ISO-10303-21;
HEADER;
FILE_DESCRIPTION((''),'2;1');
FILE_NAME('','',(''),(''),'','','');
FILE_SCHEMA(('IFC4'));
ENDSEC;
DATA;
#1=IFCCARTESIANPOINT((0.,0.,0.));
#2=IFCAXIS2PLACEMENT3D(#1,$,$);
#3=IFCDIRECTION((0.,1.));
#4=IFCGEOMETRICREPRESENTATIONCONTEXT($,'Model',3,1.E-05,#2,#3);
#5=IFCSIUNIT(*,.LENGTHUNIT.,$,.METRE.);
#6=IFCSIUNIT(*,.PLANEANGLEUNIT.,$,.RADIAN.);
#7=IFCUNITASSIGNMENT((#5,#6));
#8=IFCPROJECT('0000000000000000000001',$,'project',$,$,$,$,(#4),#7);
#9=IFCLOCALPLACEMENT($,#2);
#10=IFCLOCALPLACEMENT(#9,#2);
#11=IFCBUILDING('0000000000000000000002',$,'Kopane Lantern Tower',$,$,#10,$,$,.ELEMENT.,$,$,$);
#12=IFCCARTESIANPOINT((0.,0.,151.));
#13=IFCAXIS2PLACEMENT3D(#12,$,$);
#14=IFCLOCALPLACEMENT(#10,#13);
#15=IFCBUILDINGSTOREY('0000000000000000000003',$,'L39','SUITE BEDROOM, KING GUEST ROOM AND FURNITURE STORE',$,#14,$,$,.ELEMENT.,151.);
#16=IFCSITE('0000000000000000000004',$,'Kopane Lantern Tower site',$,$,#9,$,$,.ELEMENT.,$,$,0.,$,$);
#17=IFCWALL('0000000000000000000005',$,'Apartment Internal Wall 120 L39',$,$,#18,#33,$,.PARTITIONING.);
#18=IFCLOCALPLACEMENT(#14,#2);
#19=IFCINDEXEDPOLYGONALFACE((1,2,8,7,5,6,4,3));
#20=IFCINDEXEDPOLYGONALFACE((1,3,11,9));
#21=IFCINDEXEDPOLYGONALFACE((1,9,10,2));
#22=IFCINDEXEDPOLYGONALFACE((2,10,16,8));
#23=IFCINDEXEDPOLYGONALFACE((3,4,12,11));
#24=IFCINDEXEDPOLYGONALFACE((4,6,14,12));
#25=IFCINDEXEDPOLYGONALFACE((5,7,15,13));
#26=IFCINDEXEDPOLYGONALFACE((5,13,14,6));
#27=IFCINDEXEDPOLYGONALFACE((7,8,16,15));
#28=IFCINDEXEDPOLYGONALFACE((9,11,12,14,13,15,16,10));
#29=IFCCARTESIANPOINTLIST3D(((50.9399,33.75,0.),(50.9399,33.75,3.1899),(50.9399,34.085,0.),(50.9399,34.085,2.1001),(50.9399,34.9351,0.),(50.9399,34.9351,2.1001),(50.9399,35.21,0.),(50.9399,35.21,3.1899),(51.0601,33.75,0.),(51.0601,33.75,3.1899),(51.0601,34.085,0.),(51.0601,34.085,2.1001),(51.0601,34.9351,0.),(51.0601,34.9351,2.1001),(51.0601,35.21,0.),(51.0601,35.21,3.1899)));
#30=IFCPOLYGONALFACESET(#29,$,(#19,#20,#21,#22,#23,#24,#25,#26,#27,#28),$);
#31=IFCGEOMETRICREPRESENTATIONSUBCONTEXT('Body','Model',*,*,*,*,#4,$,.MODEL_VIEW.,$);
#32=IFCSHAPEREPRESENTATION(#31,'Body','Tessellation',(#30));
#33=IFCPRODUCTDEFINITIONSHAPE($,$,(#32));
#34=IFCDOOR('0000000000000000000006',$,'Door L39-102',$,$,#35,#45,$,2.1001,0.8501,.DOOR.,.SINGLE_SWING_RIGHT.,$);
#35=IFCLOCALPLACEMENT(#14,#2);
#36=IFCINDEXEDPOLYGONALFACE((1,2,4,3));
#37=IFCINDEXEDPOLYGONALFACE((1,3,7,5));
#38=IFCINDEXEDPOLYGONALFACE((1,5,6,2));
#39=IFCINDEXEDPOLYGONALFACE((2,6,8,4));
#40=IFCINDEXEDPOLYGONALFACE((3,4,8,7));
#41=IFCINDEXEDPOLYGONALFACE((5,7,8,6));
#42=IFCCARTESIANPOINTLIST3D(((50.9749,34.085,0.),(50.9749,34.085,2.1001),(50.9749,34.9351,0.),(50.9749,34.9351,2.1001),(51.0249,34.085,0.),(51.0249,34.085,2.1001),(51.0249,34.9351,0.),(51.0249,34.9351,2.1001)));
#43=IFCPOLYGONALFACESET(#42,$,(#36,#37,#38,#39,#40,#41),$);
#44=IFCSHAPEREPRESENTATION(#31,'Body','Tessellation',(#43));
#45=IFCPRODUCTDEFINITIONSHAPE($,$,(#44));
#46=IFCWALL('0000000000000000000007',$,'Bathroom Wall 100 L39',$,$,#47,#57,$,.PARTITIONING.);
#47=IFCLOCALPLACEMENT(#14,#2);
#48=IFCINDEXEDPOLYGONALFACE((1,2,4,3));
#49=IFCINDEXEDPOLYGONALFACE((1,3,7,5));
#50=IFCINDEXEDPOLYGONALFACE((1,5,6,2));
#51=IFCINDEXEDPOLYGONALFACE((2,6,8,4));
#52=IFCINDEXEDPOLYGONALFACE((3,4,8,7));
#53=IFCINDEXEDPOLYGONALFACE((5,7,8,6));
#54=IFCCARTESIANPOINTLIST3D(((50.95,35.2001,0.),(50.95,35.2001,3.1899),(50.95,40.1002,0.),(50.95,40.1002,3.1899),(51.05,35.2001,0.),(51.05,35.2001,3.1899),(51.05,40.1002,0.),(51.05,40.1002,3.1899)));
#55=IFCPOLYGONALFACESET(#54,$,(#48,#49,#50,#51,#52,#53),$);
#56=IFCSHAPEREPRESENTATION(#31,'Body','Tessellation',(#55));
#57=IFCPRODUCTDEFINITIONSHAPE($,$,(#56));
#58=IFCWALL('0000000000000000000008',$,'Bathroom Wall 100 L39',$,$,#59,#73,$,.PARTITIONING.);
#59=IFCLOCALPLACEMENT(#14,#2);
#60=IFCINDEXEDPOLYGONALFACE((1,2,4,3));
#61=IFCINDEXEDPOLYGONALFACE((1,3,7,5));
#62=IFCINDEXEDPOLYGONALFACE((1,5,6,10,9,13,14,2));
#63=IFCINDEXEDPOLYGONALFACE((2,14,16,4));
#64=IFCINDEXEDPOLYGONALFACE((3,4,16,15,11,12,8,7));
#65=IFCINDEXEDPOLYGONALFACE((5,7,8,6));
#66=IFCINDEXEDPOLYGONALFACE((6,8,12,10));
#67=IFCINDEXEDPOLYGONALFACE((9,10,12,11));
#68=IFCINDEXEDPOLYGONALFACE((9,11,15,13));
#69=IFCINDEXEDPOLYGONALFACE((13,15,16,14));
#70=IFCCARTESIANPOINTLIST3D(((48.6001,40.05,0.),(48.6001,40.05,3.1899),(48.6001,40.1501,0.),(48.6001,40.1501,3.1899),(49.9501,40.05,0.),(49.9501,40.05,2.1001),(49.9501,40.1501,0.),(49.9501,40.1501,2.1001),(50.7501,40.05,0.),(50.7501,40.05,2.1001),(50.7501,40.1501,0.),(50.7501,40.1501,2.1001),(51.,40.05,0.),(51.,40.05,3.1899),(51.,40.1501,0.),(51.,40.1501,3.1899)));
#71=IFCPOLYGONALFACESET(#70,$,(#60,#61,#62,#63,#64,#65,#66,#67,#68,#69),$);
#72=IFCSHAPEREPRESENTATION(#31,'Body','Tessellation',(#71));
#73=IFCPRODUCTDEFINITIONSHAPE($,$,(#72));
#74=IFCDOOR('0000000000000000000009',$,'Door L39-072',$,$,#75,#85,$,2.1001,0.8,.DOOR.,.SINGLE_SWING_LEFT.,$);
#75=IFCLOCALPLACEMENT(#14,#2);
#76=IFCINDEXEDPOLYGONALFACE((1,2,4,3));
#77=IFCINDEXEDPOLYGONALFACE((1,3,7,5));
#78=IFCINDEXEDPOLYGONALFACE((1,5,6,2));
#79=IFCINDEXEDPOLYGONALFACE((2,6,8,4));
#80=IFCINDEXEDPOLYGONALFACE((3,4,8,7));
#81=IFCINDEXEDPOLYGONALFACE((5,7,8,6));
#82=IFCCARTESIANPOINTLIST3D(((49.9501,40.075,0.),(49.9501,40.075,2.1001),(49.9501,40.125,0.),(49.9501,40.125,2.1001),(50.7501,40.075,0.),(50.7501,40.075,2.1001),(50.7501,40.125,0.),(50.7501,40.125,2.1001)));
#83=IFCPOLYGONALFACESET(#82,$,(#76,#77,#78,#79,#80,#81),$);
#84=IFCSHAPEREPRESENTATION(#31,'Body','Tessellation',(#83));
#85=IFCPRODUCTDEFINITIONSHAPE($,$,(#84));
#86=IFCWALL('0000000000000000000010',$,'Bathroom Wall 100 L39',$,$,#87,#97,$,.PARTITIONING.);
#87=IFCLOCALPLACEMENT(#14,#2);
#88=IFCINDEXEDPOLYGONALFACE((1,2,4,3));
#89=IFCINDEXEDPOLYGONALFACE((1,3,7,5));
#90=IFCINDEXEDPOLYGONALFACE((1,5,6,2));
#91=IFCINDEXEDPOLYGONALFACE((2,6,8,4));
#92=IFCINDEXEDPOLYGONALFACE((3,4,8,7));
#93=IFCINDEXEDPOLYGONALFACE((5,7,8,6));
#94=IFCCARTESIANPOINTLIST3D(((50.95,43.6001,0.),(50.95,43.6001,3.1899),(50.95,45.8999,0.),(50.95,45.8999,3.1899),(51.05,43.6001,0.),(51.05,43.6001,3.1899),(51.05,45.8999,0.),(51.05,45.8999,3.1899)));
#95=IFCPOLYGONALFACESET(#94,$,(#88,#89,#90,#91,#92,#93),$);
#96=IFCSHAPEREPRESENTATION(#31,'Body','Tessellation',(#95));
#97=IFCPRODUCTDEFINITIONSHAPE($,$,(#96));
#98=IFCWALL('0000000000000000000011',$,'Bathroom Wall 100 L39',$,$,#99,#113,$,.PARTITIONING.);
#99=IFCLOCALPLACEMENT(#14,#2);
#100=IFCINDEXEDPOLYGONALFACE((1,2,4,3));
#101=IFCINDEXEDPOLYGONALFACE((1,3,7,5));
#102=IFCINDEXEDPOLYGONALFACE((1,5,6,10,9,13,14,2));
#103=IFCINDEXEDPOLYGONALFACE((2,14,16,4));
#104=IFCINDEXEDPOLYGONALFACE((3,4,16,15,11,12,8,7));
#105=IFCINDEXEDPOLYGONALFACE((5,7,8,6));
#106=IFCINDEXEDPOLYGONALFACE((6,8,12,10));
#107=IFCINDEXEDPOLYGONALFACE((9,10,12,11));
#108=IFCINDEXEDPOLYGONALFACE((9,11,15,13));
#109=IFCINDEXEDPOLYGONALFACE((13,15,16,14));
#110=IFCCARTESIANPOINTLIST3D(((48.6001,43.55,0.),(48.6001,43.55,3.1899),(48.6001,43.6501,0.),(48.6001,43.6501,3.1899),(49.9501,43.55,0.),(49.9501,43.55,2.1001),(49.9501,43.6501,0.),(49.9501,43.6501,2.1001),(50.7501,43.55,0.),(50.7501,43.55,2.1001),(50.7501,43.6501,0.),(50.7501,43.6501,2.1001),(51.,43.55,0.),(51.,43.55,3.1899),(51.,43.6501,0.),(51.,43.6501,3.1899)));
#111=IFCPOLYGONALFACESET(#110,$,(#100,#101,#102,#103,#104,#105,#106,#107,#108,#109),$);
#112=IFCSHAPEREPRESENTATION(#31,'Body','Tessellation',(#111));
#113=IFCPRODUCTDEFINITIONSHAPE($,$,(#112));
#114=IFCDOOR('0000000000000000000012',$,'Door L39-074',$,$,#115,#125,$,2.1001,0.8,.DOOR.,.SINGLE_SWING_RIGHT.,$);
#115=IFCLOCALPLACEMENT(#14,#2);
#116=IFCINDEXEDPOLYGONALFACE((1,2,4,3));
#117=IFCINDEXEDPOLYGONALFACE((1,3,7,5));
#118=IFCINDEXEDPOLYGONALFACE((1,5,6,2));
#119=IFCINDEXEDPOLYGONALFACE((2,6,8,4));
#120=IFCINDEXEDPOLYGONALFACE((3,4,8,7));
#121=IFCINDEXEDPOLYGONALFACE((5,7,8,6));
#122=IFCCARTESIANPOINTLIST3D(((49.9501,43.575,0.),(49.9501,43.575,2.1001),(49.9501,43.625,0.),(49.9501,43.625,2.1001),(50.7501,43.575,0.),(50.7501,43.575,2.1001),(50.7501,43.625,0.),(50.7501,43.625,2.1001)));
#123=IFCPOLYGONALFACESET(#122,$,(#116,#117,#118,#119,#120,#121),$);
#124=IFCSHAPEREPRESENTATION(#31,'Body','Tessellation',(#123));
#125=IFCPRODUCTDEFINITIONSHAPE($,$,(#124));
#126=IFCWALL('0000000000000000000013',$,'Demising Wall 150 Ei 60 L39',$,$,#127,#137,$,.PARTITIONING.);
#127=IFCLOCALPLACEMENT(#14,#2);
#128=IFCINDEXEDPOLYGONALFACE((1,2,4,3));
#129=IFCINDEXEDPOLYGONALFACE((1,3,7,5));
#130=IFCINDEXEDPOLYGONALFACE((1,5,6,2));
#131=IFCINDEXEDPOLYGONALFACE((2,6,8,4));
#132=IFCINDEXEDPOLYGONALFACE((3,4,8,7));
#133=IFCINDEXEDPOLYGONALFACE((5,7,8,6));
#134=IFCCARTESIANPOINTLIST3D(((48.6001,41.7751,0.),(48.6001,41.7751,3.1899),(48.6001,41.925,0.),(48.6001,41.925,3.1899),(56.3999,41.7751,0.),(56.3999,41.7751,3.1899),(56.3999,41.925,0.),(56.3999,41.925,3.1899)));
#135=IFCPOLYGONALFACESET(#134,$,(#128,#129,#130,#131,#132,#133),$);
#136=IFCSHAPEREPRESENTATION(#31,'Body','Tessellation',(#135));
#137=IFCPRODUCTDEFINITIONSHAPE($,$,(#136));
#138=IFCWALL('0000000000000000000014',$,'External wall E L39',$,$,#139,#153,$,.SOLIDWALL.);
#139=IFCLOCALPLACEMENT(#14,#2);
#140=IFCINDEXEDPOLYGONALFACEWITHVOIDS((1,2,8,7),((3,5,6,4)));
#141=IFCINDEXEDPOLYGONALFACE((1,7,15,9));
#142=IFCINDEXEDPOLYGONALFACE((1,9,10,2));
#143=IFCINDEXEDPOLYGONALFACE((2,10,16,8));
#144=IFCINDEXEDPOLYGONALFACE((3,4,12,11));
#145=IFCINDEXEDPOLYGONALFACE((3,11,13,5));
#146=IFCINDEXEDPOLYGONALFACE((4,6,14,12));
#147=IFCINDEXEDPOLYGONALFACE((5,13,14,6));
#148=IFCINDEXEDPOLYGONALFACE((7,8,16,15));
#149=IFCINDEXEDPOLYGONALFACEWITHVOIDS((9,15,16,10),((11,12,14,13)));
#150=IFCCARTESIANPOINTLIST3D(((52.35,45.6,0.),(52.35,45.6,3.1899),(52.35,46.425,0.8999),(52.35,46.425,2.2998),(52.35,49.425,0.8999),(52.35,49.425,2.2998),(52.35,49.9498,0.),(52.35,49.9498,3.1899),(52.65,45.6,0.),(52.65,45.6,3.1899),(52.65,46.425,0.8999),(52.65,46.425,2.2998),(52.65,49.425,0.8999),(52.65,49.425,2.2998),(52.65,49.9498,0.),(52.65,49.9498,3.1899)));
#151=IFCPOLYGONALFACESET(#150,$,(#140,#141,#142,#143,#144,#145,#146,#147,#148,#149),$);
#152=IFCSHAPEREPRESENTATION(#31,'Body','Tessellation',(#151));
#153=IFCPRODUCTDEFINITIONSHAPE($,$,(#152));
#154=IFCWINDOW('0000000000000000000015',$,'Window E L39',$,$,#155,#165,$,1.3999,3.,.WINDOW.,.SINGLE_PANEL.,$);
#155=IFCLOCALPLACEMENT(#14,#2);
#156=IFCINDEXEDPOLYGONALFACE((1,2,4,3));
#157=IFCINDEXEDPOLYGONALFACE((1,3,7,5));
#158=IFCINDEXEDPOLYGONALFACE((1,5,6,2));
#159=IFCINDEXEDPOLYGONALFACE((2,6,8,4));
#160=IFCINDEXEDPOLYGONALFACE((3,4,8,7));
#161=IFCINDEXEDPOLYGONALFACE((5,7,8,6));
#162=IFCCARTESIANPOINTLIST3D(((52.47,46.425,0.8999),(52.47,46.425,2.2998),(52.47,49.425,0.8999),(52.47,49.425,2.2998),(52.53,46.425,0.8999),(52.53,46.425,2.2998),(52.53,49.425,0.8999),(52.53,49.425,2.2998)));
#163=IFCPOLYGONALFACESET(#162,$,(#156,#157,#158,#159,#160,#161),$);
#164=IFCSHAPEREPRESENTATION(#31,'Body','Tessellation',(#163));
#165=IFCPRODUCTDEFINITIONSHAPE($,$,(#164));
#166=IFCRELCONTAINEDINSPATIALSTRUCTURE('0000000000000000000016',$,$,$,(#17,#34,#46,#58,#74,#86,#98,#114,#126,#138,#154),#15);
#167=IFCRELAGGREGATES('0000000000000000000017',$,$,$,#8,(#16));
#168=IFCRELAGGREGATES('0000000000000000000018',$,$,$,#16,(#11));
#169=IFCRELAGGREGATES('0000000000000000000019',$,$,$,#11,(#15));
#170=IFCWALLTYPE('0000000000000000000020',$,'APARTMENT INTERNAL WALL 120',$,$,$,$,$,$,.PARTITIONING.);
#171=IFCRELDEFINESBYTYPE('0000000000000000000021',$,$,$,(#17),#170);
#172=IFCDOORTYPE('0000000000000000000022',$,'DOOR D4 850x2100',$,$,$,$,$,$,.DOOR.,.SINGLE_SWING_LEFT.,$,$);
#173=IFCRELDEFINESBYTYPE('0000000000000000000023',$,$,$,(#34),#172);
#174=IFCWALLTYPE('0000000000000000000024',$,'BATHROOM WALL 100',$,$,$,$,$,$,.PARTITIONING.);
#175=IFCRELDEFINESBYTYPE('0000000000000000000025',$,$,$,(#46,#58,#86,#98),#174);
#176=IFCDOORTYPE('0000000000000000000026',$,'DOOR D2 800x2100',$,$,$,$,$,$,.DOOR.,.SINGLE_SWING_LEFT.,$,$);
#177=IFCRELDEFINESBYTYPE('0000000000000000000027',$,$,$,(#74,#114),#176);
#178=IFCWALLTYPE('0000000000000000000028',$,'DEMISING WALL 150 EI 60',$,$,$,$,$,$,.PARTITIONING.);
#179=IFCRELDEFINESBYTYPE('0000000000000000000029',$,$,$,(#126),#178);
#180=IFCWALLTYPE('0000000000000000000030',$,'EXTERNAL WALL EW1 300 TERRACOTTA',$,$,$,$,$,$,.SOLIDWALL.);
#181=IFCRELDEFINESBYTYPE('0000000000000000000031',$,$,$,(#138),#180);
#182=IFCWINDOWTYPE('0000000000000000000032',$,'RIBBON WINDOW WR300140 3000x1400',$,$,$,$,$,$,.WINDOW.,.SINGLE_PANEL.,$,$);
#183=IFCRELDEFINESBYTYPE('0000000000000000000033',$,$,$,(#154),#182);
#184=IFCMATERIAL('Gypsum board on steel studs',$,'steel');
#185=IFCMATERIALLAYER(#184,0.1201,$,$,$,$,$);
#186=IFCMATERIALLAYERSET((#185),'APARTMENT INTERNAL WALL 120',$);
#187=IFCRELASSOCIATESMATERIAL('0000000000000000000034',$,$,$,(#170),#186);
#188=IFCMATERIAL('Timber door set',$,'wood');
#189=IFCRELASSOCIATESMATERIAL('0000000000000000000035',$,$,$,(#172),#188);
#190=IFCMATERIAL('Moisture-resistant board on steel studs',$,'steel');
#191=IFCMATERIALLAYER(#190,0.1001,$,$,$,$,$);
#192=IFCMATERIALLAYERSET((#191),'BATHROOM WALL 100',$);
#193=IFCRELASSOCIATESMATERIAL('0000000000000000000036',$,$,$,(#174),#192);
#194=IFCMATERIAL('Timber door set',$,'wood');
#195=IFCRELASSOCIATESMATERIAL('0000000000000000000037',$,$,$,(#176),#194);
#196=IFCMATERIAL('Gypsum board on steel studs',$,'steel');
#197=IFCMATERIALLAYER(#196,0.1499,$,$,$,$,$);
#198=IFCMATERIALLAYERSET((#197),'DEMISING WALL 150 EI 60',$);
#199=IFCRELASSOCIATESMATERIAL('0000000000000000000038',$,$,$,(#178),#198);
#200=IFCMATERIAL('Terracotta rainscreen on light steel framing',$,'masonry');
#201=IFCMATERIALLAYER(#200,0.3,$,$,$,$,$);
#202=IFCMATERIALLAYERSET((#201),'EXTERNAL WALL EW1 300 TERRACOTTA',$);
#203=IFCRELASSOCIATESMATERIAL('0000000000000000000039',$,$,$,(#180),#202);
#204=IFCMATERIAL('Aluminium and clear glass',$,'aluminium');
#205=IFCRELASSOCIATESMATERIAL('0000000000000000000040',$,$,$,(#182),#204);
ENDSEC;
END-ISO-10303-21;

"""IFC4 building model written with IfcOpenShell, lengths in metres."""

from ifc_helpers import new_model, si_unit, direction, frame, frame_2d, origin, place, context, subcontext, project, spatial, rectangle, extrude, material, layer, layer_set, type_object, element, fill, save


model = new_model("IFC4")

# Units and contexts
model_context = context("Model", 3, precision=1e-05, world=origin(), true_north=direction((0.0, 1.0)))
body_context = subcontext(model_context, "Body", "Model", "MODEL_VIEW")
ifc_project = project(units=[si_unit("LENGTHUNIT", "METRE"), si_unit("PLANEANGLEUNIT", "RADIAN")], contexts=[model_context])

# Site, building, storey
site_placement = place(None, origin())
site = spatial("IfcSite", under=ifc_project, at=site_placement, Name="Kopane Lantern Tower site", CompositionType="ELEMENT", RefElevation=0.0)
building_placement = place(site_placement, origin())
building = spatial("IfcBuilding", under=site, at=building_placement, Name="Kopane Lantern Tower", CompositionType="ELEMENT")
storey_placement = place(building_placement, frame((0.0, 0.0, 151.0)))
storey = spatial("IfcBuildingStorey", under=building, at=storey_placement, Name="L39", Description="SUITE BEDROOM, KING GUEST ROOM AND FURNITURE STORE", CompositionType="ELEMENT", Elevation=151.0)

# Wall, opening, door
ifc_material_1 = material(Name="Gypsum board on steel studs", Category="steel")
ifc_layer_1 = layer(ifc_material_1, 0.1201)
ifc_layer_set_1 = layer_set([ifc_layer_1], Name="APARTMENT INTERNAL WALL 120")
wall_type_1 = type_object("IfcWallType", Name="APARTMENT INTERNAL WALL 120", PredefinedType="PARTITIONING", material=ifc_layer_set_1)
ifc_material_2 = material(Name="Timber door set", Category="wood")
door_type_1 = type_object("IfcDoorType", Name="DOOR D4 850x2100", OperationType="SINGLE_SWING_LEFT", PredefinedType="DOOR", material=ifc_material_2)
wall_1_placement = place(storey_placement, frame((51.0, 35.21, 0.0), z_axis=(0.0, 0.0, 1.0), x_axis=(0.0, -1.0, 0.0)))
wall_1 = element("IfcWall", 1, at=wall_1_placement, inside=storey, type_object=wall_type_1, Name="Apartment Internal Wall 120 L39", PredefinedType="PARTITIONING", context=body_context, shape_type="SweptSolid", body=[
    extrude(rectangle(XDim=1.46, YDim=0.1201, at=frame_2d((0.73, 0.0))), origin(), (0.0, 0.0, 1.0), 3.1899),
])
opening_1_placement = place(wall_1_placement, frame((0.2749, 0.0, 0.0)))
opening_1 = element("IfcOpeningElement", 2, at=opening_1_placement, cuts=wall_1, PredefinedType="OPENING", context=body_context, shape_type="SweptSolid", body=[
    extrude(rectangle(XDim=0.8501, YDim=2.1001, at=frame_2d((0.425, 1.05))), frame((0.0, 0.0701, 0.0), z_axis=(0.0, -1.0, 0.0), x_axis=(1.0, 0.0, 0.0)), (0.0, 0.0, 1.0), 0.1401),
])
door_1_placement = place(opening_1_placement, origin())
door_1 = element("IfcDoor", 3, at=door_1_placement, inside=storey, type_object=door_type_1, Name="Door L39-102", OperationType="SINGLE_SWING_RIGHT", OverallHeight=2.1001, OverallWidth=0.8501, PredefinedType="DOOR", context=body_context, shape_type="SweptSolid", body=[
    extrude(rectangle(XDim=0.8501, YDim=2.1001, at=frame_2d((0.425, 1.05))), frame((0.0, 0.0249, 0.0), z_axis=(0.0, -1.0, 0.0), x_axis=(1.0, 0.0, 0.0)), (0.0, 0.0, 1.0), 0.05),
])
fill(opening_1, door_1)

# Wall
ifc_material_3 = material(Name="Moisture-resistant board on steel studs", Category="steel")
ifc_layer_2 = layer(ifc_material_3, 0.1001)
ifc_layer_set_2 = layer_set([ifc_layer_2], Name="BATHROOM WALL 100")
wall_type_2 = type_object("IfcWallType", Name="BATHROOM WALL 100", PredefinedType="PARTITIONING", material=ifc_layer_set_2)
wall_2_placement = place(storey_placement, frame((51.0, 35.2, 0.0), z_axis=(0.0, 0.0, 1.0), x_axis=(0.0, 1.0, 0.0)))
element("IfcWall", 4, at=wall_2_placement, inside=storey, type_object=wall_type_2, Name="Bathroom Wall 100 L39", PredefinedType="PARTITIONING", context=body_context, shape_type="SweptSolid", body=[
    extrude(rectangle(XDim=4.9001, YDim=0.1001, at=frame_2d((2.4502, 0.0))), origin(), (0.0, 0.0, 1.0), 3.1899),
])

# Wall, opening, door
wall_3_placement = place(storey_placement, frame((48.6001, 40.1001, 0.0), z_axis=(0.0, 0.0, 1.0), x_axis=(1.0, 0.0, 0.0)))
wall_3 = element("IfcWall", 5, at=wall_3_placement, inside=storey, type_object=wall_type_2, Name="Bathroom Wall 100 L39", PredefinedType="PARTITIONING", context=body_context, shape_type="SweptSolid", body=[
    extrude(rectangle(XDim=2.3999, YDim=0.1001, at=frame_2d((1.2, 0.0))), origin(), (0.0, 0.0, 1.0), 3.1899),
])
opening_2_placement = place(wall_3_placement, frame((1.3501, 0.0, 0.0)))
opening_2 = element("IfcOpeningElement", 6, at=opening_2_placement, cuts=wall_3, PredefinedType="OPENING", context=body_context, shape_type="SweptSolid", body=[
    extrude(rectangle(XDim=0.8, YDim=2.1001, at=frame_2d((0.3999, 1.05))), frame((0.0, 0.0601, 0.0), z_axis=(0.0, -1.0, 0.0), x_axis=(1.0, 0.0, 0.0)), (0.0, 0.0, 1.0), 0.1201),
])
ifc_material_4 = material(Name="Timber door set", Category="wood")
door_type_2 = type_object("IfcDoorType", Name="DOOR D2 800x2100", OperationType="SINGLE_SWING_LEFT", PredefinedType="DOOR", material=ifc_material_4)
door_2_placement = place(opening_2_placement, origin())
door_2 = element("IfcDoor", 7, at=door_2_placement, inside=storey, type_object=door_type_2, Name="Door L39-072", OperationType="SINGLE_SWING_LEFT", OverallHeight=2.1001, OverallWidth=0.8, PredefinedType="DOOR", context=body_context, shape_type="SweptSolid", body=[
    extrude(rectangle(XDim=0.8, YDim=2.1001, at=frame_2d((0.3999, 1.05))), frame((0.0, 0.0249, 0.0), z_axis=(0.0, -1.0, 0.0), x_axis=(1.0, 0.0, 0.0)), (0.0, 0.0, 1.0), 0.05),
])
fill(opening_2, door_2)

# Wall
wall_4_placement = place(storey_placement, frame((51.0, 43.6001, 0.0), z_axis=(0.0, 0.0, 1.0), x_axis=(0.0, 1.0, 0.0)))
element("IfcWall", 8, at=wall_4_placement, inside=storey, type_object=wall_type_2, Name="Bathroom Wall 100 L39", PredefinedType="PARTITIONING", context=body_context, shape_type="SweptSolid", body=[
    extrude(rectangle(XDim=2.2998, YDim=0.1001, at=frame_2d((1.1499, 0.0))), origin(), (0.0, 0.0, 1.0), 3.1899),
])

# Wall, opening, door
wall_5_placement = place(storey_placement, frame((48.6001, 43.6001, 0.0), z_axis=(0.0, 0.0, 1.0), x_axis=(1.0, 0.0, 0.0)))
wall_5 = element("IfcWall", 9, at=wall_5_placement, inside=storey, type_object=wall_type_2, Name="Bathroom Wall 100 L39", PredefinedType="PARTITIONING", context=body_context, shape_type="SweptSolid", body=[
    extrude(rectangle(XDim=2.3999, YDim=0.1001, at=frame_2d((1.2, 0.0))), origin(), (0.0, 0.0, 1.0), 3.1899),
])
opening_3_placement = place(wall_5_placement, frame((1.3501, 0.0, 0.0)))
opening_3 = element("IfcOpeningElement", 10, at=opening_3_placement, cuts=wall_5, PredefinedType="OPENING", context=body_context, shape_type="SweptSolid", body=[
    extrude(rectangle(XDim=0.8, YDim=2.1001, at=frame_2d((0.3999, 1.05))), frame((0.0, 0.0601, 0.0), z_axis=(0.0, -1.0, 0.0), x_axis=(1.0, 0.0, 0.0)), (0.0, 0.0, 1.0), 0.1201),
])
door_3_placement = place(opening_3_placement, origin())
door_3 = element("IfcDoor", 11, at=door_3_placement, inside=storey, type_object=door_type_2, Name="Door L39-074", OperationType="SINGLE_SWING_RIGHT", OverallHeight=2.1001, OverallWidth=0.8, PredefinedType="DOOR", context=body_context, shape_type="SweptSolid", body=[
    extrude(rectangle(XDim=0.8, YDim=2.1001, at=frame_2d((0.3999, 1.05))), frame((0.0, 0.0249, 0.0), z_axis=(0.0, -1.0, 0.0), x_axis=(1.0, 0.0, 0.0)), (0.0, 0.0, 1.0), 0.05),
])
fill(opening_3, door_3)

# Wall
ifc_material_5 = material(Name="Gypsum board on steel studs", Category="steel")
ifc_layer_3 = layer(ifc_material_5, 0.1499)
ifc_layer_set_3 = layer_set([ifc_layer_3], Name="DEMISING WALL 150 EI 60")
wall_type_3 = type_object("IfcWallType", Name="DEMISING WALL 150 EI 60", PredefinedType="PARTITIONING", material=ifc_layer_set_3)
wall_6_placement = place(storey_placement, frame((48.6001, 41.8501, 0.0), z_axis=(0.0, 0.0, 1.0), x_axis=(1.0, 0.0, 0.0)))
element("IfcWall", 12, at=wall_6_placement, inside=storey, type_object=wall_type_3, Name="Demising Wall 150 Ei 60 L39", PredefinedType="PARTITIONING", context=body_context, shape_type="SweptSolid", body=[
    extrude(rectangle(XDim=7.7998, YDim=0.1499, at=frame_2d((3.8999, 0.0))), origin(), (0.0, 0.0, 1.0), 3.1899),
])

# Wall, opening, window
ifc_material_6 = material(Name="Terracotta rainscreen on light steel framing", Category="masonry")
ifc_layer_4 = layer(ifc_material_6, 0.3)
ifc_layer_set_4 = layer_set([ifc_layer_4], Name="EXTERNAL WALL EW1 300 TERRACOTTA")
wall_type_4 = type_object("IfcWallType", Name="EXTERNAL WALL EW1 300 TERRACOTTA", PredefinedType="SOLIDWALL", material=ifc_layer_set_4)
wall_7_placement = place(storey_placement, frame((52.5, 45.6001, 0.0), z_axis=(0.0, 0.0, 1.0), x_axis=(0.0, 1.0, 0.0)))
wall_7 = element("IfcWall", 13, at=wall_7_placement, inside=storey, type_object=wall_type_4, Name="External wall E L39", PredefinedType="SOLIDWALL", context=body_context, shape_type="SweptSolid", body=[
    extrude(rectangle(XDim=4.3499, YDim=0.3, at=frame_2d((2.1748, 0.0))), origin(), (0.0, 0.0, 1.0), 3.1899),
])
opening_4_placement = place(wall_7_placement, frame((0.825, 0.0, 0.8999)))
opening_4 = element("IfcOpeningElement", 14, at=opening_4_placement, cuts=wall_7, PredefinedType="OPENING", context=body_context, shape_type="SweptSolid", body=[
    extrude(rectangle(XDim=3.0, YDim=1.3999, at=frame_2d((1.5, 0.7))), frame((0.0, 0.1599, 0.0), z_axis=(0.0, -1.0, 0.0), x_axis=(1.0, 0.0, 0.0)), (0.0, 0.0, 1.0), 0.3201),
])
ifc_material_7 = material(Name="Aluminium and clear glass", Category="aluminium")
window_type = type_object("IfcWindowType", Name="RIBBON WINDOW WR300140 3000x1400", PartitioningType="SINGLE_PANEL", PredefinedType="WINDOW", material=ifc_material_7)
window_placement = place(opening_4_placement, origin())
window = element("IfcWindow", 15, at=window_placement, inside=storey, type_object=window_type, Name="Window E L39", OverallHeight=1.3999, OverallWidth=3.0, PartitioningType="SINGLE_PANEL", PredefinedType="WINDOW", context=body_context, shape_type="SweptSolid", body=[
    extrude(rectangle(XDim=3.0, YDim=1.3999, at=frame_2d((1.5, 0.7))), frame((0.0, 0.03, 0.0), z_axis=(0.0, -1.0, 0.0), x_axis=(1.0, 0.0, 0.0)), (0.0, 0.0, 1.0), 0.0601),
])
fill(opening_4, window)

save(model, "model.ifc")
